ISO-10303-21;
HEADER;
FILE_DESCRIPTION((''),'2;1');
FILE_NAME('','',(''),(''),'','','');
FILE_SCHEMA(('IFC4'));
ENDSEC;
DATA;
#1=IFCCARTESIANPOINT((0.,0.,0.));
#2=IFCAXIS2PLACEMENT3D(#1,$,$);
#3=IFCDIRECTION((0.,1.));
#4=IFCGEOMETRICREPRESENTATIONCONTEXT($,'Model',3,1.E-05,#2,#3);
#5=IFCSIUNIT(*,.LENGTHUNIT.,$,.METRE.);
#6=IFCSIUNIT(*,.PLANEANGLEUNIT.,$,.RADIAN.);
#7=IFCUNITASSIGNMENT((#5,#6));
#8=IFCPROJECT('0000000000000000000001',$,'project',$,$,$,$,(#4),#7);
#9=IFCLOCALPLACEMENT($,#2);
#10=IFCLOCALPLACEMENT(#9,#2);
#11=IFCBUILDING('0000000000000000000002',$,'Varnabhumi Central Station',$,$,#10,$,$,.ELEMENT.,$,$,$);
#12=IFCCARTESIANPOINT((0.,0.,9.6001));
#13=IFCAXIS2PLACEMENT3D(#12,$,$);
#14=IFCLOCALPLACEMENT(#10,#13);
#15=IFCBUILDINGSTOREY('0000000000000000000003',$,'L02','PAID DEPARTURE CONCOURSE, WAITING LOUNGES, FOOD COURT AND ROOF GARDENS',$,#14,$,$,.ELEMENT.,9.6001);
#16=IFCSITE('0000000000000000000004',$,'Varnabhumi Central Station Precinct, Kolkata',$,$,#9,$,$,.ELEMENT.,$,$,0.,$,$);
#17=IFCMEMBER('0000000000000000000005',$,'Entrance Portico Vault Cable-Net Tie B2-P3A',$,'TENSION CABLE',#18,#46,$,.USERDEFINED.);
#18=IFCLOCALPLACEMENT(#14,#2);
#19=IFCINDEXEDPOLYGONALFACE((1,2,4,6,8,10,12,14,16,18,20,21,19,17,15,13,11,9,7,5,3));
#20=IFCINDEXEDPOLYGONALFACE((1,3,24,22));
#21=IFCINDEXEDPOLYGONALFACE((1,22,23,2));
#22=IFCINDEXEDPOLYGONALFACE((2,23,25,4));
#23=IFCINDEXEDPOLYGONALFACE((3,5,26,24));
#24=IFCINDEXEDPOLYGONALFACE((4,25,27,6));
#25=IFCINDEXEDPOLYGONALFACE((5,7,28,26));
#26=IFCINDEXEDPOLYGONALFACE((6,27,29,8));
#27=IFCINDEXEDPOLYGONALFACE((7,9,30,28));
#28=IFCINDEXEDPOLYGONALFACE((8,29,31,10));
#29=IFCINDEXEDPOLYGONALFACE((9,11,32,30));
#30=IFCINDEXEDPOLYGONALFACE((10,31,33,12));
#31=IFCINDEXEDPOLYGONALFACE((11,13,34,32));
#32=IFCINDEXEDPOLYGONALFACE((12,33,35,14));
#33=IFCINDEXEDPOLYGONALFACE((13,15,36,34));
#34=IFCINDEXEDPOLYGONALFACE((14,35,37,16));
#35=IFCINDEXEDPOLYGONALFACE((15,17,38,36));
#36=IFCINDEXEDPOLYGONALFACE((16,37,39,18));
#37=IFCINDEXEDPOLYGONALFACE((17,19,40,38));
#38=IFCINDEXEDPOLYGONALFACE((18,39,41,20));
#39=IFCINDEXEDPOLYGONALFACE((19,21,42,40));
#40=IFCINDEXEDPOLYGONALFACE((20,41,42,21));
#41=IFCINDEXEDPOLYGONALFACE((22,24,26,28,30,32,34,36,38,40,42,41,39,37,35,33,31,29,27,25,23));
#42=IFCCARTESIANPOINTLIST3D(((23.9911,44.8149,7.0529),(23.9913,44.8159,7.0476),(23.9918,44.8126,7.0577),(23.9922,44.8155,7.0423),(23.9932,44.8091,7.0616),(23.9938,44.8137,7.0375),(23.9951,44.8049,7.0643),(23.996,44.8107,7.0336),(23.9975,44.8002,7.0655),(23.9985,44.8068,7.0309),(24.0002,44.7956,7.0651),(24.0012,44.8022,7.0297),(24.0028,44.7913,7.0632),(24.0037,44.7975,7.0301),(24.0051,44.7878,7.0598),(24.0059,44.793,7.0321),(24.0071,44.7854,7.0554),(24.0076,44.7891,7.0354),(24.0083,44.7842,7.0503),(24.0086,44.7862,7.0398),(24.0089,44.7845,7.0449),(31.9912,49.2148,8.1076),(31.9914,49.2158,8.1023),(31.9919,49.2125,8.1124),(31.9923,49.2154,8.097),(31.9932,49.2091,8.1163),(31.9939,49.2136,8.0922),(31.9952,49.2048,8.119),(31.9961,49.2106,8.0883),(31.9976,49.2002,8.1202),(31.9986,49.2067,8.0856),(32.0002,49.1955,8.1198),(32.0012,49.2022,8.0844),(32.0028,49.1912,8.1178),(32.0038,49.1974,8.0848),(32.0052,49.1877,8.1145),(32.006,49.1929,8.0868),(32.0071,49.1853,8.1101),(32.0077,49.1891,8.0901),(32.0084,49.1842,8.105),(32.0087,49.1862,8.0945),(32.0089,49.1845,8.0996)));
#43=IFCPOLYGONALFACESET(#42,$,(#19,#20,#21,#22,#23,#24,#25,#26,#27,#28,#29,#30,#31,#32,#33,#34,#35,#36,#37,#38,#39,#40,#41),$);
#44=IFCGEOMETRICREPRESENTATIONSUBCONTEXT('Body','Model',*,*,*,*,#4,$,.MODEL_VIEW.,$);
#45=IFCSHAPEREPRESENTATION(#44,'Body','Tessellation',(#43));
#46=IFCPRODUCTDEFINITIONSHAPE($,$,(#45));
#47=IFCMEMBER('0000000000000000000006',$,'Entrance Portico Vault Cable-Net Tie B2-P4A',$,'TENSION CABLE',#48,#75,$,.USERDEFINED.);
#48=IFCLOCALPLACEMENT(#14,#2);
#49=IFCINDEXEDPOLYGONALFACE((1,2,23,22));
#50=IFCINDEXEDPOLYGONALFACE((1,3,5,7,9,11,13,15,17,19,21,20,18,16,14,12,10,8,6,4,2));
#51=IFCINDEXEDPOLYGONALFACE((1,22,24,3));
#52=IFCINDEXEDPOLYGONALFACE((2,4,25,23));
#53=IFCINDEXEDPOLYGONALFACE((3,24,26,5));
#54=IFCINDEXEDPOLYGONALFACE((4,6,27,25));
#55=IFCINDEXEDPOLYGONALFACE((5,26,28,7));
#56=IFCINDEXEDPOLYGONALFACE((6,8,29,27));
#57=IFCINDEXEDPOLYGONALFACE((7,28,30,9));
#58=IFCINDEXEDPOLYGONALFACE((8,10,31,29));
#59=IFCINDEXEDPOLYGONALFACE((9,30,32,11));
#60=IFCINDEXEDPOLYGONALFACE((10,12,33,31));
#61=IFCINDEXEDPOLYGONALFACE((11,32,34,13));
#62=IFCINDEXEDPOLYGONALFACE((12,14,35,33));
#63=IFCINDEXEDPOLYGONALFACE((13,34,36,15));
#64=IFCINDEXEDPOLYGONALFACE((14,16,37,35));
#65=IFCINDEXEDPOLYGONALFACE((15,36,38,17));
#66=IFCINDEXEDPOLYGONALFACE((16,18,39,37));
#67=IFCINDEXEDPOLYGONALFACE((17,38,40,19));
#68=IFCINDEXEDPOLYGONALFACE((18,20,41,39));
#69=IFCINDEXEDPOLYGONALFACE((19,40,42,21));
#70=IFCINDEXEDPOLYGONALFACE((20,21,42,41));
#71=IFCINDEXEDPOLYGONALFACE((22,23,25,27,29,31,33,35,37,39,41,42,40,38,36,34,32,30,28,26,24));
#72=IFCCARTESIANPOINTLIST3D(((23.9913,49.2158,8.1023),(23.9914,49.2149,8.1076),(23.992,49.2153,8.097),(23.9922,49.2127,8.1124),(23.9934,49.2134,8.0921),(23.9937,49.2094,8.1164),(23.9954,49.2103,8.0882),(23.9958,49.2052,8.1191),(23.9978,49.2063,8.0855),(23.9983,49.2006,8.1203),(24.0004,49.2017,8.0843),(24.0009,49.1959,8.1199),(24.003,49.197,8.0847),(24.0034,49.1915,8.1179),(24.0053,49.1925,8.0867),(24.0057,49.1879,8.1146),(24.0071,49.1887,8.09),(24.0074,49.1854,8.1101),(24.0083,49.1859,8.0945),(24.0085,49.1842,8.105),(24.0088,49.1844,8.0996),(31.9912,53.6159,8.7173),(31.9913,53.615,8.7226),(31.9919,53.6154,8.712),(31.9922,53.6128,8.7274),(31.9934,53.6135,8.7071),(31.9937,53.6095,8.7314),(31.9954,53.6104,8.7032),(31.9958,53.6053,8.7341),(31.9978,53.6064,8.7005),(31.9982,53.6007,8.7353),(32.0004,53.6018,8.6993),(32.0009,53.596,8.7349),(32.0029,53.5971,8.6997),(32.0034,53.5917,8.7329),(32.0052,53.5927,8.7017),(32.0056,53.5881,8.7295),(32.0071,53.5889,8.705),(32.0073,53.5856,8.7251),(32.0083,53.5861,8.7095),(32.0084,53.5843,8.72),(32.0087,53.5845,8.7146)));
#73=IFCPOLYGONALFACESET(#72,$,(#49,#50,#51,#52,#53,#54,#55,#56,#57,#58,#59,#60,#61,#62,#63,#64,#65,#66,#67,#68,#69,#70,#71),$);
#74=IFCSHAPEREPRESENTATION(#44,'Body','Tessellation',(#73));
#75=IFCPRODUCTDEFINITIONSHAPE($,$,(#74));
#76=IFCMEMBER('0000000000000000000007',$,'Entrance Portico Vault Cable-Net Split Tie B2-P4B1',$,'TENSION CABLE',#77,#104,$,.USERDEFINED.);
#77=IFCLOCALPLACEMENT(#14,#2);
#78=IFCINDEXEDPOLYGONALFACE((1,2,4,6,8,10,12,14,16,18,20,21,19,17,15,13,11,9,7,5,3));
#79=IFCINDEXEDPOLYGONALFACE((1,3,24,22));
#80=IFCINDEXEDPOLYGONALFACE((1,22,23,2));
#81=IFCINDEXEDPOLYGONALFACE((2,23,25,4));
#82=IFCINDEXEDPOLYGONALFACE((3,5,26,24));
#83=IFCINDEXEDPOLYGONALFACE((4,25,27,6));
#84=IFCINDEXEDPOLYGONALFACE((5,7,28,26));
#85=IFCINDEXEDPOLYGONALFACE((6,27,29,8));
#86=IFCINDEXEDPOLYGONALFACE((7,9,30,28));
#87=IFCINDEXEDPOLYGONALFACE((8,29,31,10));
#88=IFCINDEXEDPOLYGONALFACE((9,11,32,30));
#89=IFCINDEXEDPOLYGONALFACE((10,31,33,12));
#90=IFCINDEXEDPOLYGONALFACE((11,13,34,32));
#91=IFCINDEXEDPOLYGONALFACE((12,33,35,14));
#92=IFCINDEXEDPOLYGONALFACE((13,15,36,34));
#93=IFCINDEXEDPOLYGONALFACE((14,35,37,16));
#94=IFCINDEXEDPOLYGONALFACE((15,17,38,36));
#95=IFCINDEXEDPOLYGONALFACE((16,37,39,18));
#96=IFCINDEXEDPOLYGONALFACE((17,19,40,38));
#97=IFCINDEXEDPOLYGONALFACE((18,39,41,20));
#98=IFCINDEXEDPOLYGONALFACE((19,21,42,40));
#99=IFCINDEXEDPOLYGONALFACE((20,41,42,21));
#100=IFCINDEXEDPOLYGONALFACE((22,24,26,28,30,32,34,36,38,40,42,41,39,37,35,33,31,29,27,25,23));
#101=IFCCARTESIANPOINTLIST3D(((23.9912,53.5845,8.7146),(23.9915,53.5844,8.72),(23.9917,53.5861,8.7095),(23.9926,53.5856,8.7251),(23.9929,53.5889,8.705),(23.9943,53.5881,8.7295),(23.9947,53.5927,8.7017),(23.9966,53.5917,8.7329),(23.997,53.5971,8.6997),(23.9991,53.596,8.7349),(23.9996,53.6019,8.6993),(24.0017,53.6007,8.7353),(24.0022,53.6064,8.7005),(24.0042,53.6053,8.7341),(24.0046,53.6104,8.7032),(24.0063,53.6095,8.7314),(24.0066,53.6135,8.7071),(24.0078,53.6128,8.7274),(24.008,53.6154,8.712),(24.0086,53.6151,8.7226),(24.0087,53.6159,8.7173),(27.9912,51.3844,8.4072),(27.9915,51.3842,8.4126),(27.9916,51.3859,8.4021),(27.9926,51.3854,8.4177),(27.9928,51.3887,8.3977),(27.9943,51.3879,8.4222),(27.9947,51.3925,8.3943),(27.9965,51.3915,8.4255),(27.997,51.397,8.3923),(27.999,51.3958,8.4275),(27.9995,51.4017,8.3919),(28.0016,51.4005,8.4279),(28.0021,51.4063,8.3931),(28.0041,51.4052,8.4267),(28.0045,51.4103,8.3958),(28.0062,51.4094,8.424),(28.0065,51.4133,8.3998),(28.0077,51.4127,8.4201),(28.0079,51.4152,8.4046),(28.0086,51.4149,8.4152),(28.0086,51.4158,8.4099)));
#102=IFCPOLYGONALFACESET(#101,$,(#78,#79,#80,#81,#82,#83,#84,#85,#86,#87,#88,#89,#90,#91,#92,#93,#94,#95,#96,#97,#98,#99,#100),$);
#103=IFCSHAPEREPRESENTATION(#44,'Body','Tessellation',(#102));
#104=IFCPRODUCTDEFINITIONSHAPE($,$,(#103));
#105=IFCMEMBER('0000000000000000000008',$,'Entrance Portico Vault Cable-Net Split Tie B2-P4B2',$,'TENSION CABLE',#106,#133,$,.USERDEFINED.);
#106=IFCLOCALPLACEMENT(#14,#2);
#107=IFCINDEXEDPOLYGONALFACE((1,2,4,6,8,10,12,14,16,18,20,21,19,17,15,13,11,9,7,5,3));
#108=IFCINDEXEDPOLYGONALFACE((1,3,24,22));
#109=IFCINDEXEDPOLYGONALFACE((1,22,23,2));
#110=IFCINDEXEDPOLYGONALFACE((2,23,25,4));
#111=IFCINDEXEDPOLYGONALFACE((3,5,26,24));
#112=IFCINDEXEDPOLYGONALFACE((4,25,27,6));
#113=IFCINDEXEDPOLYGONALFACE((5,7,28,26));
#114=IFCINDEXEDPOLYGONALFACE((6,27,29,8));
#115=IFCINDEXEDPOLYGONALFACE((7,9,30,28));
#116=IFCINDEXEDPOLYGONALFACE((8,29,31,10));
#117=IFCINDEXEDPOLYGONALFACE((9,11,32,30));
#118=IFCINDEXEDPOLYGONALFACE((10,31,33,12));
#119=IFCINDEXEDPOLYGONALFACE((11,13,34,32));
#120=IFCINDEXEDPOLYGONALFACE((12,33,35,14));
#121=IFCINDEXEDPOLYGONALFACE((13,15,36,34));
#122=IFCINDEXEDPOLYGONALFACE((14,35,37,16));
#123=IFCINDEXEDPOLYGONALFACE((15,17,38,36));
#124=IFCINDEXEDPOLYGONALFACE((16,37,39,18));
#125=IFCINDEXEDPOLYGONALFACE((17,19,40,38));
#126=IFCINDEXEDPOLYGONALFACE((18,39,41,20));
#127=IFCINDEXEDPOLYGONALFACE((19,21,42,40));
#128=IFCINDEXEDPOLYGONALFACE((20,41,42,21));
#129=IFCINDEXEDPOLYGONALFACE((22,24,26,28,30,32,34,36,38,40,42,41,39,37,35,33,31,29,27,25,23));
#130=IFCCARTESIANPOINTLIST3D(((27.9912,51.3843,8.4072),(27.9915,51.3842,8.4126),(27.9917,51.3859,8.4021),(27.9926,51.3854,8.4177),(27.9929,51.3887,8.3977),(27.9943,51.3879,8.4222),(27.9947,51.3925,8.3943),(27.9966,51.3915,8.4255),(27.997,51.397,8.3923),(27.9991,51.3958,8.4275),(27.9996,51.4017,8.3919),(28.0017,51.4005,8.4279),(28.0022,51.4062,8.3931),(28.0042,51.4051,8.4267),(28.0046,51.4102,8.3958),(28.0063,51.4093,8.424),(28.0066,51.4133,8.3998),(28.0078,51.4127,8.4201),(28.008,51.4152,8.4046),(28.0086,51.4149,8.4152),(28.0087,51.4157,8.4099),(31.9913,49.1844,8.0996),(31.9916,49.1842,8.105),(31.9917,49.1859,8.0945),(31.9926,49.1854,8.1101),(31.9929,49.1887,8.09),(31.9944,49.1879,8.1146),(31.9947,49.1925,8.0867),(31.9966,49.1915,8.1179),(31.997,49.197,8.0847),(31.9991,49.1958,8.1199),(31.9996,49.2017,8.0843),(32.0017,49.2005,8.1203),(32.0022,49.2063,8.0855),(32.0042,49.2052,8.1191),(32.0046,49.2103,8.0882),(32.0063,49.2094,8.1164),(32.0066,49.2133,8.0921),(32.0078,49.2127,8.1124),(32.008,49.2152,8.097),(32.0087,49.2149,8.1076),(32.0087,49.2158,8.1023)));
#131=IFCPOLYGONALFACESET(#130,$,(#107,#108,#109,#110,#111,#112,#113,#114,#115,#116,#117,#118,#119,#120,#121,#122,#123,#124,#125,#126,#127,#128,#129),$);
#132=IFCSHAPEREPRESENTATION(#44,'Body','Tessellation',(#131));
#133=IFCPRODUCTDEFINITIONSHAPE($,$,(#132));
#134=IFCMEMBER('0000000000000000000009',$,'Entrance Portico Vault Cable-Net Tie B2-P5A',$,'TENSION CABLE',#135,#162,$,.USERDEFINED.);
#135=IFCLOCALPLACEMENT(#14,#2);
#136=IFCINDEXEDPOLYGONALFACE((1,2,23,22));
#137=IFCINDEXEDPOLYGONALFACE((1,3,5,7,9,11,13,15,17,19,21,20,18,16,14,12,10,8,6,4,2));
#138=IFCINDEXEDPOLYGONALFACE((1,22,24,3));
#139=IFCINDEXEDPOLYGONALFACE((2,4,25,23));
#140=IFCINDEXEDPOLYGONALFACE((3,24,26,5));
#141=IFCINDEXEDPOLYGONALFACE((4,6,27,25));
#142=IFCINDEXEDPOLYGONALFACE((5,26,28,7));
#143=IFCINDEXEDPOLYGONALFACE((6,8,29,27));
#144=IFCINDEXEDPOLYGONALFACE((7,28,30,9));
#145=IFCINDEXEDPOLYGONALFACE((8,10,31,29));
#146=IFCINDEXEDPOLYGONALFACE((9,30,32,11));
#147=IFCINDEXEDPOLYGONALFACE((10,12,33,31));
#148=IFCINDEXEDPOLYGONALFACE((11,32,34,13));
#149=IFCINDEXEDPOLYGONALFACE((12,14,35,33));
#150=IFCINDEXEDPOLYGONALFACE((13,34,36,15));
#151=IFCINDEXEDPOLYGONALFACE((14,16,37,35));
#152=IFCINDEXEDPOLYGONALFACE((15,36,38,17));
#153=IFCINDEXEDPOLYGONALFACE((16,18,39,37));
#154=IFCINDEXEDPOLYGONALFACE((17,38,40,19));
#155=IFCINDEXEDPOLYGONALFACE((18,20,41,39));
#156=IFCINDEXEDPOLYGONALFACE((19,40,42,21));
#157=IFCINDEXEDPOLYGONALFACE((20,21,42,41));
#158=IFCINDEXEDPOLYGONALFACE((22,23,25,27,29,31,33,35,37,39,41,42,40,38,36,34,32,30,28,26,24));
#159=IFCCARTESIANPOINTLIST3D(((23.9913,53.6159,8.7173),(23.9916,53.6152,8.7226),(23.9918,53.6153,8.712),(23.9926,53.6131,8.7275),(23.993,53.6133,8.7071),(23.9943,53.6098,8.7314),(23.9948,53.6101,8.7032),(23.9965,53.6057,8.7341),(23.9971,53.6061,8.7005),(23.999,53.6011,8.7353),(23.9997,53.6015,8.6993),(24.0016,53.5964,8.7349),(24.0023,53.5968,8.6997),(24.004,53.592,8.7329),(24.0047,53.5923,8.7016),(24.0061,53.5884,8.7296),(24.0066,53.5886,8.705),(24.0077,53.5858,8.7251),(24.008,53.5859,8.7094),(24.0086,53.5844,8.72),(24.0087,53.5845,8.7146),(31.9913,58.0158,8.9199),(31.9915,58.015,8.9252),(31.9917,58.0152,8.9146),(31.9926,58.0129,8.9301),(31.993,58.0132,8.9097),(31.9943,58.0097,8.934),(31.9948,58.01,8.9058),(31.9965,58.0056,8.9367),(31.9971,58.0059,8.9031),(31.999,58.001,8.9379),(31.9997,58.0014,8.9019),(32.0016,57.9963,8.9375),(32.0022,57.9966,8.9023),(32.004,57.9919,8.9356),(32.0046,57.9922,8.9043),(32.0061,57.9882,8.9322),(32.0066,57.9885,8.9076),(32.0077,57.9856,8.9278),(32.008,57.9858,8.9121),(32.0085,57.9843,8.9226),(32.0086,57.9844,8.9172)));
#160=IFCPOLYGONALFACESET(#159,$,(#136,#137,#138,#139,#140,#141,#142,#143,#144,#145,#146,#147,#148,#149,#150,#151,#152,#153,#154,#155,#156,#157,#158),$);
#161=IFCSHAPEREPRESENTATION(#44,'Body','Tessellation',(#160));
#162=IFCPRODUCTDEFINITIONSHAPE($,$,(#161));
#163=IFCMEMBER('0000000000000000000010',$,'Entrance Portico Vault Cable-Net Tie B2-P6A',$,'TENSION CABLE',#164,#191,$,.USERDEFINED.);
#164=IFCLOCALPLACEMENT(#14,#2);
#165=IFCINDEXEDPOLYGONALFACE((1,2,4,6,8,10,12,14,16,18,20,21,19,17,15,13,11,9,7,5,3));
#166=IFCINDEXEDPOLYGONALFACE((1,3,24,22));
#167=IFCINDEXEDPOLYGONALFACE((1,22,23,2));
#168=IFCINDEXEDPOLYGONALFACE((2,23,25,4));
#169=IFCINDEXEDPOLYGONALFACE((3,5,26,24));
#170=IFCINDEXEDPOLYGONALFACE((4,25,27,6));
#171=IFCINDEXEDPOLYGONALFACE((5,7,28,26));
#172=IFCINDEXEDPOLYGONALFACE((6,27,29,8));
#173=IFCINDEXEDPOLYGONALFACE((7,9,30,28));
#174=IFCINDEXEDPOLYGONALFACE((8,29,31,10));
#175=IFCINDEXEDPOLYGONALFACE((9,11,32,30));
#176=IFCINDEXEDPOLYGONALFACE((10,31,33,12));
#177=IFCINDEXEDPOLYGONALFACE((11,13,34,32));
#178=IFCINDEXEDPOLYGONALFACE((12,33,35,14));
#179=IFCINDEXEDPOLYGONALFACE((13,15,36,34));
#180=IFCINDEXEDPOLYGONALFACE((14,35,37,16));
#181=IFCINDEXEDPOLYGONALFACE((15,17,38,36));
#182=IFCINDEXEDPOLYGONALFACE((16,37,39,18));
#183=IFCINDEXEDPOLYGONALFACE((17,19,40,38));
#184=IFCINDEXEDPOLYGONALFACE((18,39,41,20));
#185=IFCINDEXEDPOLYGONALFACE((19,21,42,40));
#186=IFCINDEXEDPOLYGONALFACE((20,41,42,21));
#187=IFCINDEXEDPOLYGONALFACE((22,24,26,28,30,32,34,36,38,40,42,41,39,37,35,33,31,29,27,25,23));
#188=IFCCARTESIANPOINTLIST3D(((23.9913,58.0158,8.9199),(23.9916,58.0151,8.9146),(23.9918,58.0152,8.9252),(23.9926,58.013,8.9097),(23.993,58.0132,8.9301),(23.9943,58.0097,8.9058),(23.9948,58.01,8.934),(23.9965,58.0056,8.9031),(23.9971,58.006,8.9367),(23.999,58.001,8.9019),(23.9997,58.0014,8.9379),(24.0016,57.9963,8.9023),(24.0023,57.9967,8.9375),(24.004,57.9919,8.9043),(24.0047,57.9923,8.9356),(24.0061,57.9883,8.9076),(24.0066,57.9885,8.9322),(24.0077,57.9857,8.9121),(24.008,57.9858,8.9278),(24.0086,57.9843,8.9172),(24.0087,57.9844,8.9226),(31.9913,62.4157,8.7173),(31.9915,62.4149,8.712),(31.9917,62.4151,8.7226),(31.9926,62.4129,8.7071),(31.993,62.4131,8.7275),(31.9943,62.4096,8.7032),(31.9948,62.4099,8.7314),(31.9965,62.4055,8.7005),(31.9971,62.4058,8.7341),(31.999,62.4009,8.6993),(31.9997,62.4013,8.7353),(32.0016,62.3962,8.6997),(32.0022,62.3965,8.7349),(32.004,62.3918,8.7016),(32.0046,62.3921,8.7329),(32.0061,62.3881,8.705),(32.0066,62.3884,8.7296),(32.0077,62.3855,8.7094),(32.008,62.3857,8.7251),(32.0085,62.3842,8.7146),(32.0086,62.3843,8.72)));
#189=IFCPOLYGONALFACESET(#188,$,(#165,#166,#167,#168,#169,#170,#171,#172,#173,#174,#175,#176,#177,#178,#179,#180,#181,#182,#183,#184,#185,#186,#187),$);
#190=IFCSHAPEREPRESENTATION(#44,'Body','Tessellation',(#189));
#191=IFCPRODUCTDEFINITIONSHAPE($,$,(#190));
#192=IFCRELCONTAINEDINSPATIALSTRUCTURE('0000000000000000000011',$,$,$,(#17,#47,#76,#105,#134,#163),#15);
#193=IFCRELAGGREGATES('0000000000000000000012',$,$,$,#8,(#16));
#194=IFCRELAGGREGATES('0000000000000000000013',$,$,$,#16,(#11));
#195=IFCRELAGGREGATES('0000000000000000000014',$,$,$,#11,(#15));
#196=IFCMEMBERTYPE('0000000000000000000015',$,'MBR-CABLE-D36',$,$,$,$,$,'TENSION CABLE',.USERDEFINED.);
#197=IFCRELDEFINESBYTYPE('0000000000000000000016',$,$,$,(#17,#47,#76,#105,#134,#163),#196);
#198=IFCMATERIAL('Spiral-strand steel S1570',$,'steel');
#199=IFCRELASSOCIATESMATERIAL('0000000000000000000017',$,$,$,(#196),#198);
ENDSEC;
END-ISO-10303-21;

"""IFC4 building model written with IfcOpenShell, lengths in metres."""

from ifc_helpers import new_model, si_unit, direction, frame, origin, origin_2d, place, context, subcontext, project, spatial, circle, extrude, material, material_profile, profile_set, type_object, element, save


model = new_model("IFC4")

# Units and contexts
model_context = context("Model", 3, precision=1e-05, world=origin(), true_north=direction((0.0, 1.0)))
body_context = subcontext(model_context, "Body", "Model", "MODEL_VIEW")
ifc_project = project(units=[si_unit("LENGTHUNIT", "METRE"), si_unit("PLANEANGLEUNIT", "RADIAN")], contexts=[model_context])

# Site, building, storey
site_placement = place(None, origin())
site = spatial("IfcSite", under=ifc_project, at=site_placement, Name="Varnabhumi Central Station Precinct, Kolkata", CompositionType="ELEMENT", RefElevation=0.0)
building_placement = place(site_placement, origin())
building = spatial("IfcBuilding", under=site, at=building_placement, Name="Varnabhumi Central Station", CompositionType="ELEMENT")
storey_placement = place(building_placement, frame((0.0, 0.0, 9.6001)))
storey = spatial("IfcBuildingStorey", under=building, at=storey_placement, Name="L02", Description="PAID DEPARTURE CONCOURSE, WAITING LOUNGES, FOOD COURT AND ROOF GARDENS", CompositionType="ELEMENT", Elevation=9.6001)

# Members
ifc_material_1 = material(Name="Spiral-strand steel S1570", Category="steel")
ifc_material_profile_1 = material_profile(ifc_material_1, circle(Radius=0.0181, at=origin_2d()), Name="Spiral-strand steel S1570", Category="steel")
ifc_profile_set_1 = profile_set([ifc_material_profile_1], Name="Spiral-strand steel S1570")
member_type = type_object("IfcMemberType", Name="MBR-CABLE-D36", ElementType="TENSION CABLE", PredefinedType="USERDEFINED", material=ifc_profile_set_1)
member_1_placement = place(storey_placement, frame((24.0, 44.8, 7.0476), z_axis=(0.870432, 0.478727, 0.114754), x_axis=(-0.481911, 0.87622, 0.0)))
element("IfcMember", 1, at=member_1_placement, inside=storey, type_object=member_type, Name="Entrance Portico Vault Cable-Net Tie B2-P3A", ObjectType="TENSION CABLE", PredefinedType="USERDEFINED", context=body_context, shape_type="SweptSolid", body=[
    extrude(circle(Radius=0.0181, at=origin_2d()), origin(), (0.0, 0.0, 1.0), 9.1909),
])
member_2_placement = place(storey_placement, frame((24.0, 49.2, 8.1023), z_axis=(0.874228, 0.480842, 0.067205), x_axis=(-0.481931, 0.876209, 0.0)))
element("IfcMember", 2, at=member_2_placement, inside=storey, type_object=member_type, Name="Entrance Portico Vault Cable-Net Tie B2-P4A", ObjectType="TENSION CABLE", PredefinedType="USERDEFINED", context=body_context, shape_type="SweptSolid", body=[
    extrude(circle(Radius=0.0181, at=origin_2d()), origin(), (0.0, 0.0, 1.0), 9.1509),
])
for number, where, z_axis, x_axis, name in (
    (3, (24.0, 53.6001, 8.7173), (0.874219, -0.480863, -0.067178), (0.481952, 0.876198, 0.0), "Entrance Portico Vault Cable-Net Split Tie B2-P4B1"),
    (4, (28.0, 51.3999, 8.4099), (0.874238, -0.48082, -0.067233), (0.481911, 0.87622, 0.0), "Entrance Portico Vault Cable-Net Split Tie B2-P4B2"),
):
    element("IfcMember", number, at=place(storey_placement, frame(where, z_axis=z_axis, x_axis=x_axis)), inside=storey, type_object=member_type, Name=name, ObjectType="TENSION CABLE", PredefinedType="USERDEFINED", context=body_context, shape_type="SweptSolid", body=[
        extrude(circle(Radius=0.0181, at=origin_2d()), origin(), (0.0, 0.0, 1.0), 4.5754),
    ])
for number, where, z_axis, x_axis, name in (
    (5, (24.0, 53.6001, 8.7173), (0.876005, 0.481792, 0.022189), (-0.481911, 0.87622, 0.0), "Entrance Portico Vault Cable-Net Tie B2-P5A"),
    (6, (24.0, 58.0, 8.9199), (0.876005, 0.481792, -0.022189), (-0.481911, 0.87622, 0.0), "Entrance Portico Vault Cable-Net Tie B2-P6A"),
):
    element("IfcMember", number, at=place(storey_placement, frame(where, z_axis=z_axis, x_axis=x_axis)), inside=storey, type_object=member_type, Name=name, ObjectType="TENSION CABLE", PredefinedType="USERDEFINED", context=body_context, shape_type="SweptSolid", body=[
        extrude(circle(Radius=0.0181, at=origin_2d()), origin(), (0.0, 0.0, 1.0), 9.1323),
    ])

save(model, "model.ifc")
